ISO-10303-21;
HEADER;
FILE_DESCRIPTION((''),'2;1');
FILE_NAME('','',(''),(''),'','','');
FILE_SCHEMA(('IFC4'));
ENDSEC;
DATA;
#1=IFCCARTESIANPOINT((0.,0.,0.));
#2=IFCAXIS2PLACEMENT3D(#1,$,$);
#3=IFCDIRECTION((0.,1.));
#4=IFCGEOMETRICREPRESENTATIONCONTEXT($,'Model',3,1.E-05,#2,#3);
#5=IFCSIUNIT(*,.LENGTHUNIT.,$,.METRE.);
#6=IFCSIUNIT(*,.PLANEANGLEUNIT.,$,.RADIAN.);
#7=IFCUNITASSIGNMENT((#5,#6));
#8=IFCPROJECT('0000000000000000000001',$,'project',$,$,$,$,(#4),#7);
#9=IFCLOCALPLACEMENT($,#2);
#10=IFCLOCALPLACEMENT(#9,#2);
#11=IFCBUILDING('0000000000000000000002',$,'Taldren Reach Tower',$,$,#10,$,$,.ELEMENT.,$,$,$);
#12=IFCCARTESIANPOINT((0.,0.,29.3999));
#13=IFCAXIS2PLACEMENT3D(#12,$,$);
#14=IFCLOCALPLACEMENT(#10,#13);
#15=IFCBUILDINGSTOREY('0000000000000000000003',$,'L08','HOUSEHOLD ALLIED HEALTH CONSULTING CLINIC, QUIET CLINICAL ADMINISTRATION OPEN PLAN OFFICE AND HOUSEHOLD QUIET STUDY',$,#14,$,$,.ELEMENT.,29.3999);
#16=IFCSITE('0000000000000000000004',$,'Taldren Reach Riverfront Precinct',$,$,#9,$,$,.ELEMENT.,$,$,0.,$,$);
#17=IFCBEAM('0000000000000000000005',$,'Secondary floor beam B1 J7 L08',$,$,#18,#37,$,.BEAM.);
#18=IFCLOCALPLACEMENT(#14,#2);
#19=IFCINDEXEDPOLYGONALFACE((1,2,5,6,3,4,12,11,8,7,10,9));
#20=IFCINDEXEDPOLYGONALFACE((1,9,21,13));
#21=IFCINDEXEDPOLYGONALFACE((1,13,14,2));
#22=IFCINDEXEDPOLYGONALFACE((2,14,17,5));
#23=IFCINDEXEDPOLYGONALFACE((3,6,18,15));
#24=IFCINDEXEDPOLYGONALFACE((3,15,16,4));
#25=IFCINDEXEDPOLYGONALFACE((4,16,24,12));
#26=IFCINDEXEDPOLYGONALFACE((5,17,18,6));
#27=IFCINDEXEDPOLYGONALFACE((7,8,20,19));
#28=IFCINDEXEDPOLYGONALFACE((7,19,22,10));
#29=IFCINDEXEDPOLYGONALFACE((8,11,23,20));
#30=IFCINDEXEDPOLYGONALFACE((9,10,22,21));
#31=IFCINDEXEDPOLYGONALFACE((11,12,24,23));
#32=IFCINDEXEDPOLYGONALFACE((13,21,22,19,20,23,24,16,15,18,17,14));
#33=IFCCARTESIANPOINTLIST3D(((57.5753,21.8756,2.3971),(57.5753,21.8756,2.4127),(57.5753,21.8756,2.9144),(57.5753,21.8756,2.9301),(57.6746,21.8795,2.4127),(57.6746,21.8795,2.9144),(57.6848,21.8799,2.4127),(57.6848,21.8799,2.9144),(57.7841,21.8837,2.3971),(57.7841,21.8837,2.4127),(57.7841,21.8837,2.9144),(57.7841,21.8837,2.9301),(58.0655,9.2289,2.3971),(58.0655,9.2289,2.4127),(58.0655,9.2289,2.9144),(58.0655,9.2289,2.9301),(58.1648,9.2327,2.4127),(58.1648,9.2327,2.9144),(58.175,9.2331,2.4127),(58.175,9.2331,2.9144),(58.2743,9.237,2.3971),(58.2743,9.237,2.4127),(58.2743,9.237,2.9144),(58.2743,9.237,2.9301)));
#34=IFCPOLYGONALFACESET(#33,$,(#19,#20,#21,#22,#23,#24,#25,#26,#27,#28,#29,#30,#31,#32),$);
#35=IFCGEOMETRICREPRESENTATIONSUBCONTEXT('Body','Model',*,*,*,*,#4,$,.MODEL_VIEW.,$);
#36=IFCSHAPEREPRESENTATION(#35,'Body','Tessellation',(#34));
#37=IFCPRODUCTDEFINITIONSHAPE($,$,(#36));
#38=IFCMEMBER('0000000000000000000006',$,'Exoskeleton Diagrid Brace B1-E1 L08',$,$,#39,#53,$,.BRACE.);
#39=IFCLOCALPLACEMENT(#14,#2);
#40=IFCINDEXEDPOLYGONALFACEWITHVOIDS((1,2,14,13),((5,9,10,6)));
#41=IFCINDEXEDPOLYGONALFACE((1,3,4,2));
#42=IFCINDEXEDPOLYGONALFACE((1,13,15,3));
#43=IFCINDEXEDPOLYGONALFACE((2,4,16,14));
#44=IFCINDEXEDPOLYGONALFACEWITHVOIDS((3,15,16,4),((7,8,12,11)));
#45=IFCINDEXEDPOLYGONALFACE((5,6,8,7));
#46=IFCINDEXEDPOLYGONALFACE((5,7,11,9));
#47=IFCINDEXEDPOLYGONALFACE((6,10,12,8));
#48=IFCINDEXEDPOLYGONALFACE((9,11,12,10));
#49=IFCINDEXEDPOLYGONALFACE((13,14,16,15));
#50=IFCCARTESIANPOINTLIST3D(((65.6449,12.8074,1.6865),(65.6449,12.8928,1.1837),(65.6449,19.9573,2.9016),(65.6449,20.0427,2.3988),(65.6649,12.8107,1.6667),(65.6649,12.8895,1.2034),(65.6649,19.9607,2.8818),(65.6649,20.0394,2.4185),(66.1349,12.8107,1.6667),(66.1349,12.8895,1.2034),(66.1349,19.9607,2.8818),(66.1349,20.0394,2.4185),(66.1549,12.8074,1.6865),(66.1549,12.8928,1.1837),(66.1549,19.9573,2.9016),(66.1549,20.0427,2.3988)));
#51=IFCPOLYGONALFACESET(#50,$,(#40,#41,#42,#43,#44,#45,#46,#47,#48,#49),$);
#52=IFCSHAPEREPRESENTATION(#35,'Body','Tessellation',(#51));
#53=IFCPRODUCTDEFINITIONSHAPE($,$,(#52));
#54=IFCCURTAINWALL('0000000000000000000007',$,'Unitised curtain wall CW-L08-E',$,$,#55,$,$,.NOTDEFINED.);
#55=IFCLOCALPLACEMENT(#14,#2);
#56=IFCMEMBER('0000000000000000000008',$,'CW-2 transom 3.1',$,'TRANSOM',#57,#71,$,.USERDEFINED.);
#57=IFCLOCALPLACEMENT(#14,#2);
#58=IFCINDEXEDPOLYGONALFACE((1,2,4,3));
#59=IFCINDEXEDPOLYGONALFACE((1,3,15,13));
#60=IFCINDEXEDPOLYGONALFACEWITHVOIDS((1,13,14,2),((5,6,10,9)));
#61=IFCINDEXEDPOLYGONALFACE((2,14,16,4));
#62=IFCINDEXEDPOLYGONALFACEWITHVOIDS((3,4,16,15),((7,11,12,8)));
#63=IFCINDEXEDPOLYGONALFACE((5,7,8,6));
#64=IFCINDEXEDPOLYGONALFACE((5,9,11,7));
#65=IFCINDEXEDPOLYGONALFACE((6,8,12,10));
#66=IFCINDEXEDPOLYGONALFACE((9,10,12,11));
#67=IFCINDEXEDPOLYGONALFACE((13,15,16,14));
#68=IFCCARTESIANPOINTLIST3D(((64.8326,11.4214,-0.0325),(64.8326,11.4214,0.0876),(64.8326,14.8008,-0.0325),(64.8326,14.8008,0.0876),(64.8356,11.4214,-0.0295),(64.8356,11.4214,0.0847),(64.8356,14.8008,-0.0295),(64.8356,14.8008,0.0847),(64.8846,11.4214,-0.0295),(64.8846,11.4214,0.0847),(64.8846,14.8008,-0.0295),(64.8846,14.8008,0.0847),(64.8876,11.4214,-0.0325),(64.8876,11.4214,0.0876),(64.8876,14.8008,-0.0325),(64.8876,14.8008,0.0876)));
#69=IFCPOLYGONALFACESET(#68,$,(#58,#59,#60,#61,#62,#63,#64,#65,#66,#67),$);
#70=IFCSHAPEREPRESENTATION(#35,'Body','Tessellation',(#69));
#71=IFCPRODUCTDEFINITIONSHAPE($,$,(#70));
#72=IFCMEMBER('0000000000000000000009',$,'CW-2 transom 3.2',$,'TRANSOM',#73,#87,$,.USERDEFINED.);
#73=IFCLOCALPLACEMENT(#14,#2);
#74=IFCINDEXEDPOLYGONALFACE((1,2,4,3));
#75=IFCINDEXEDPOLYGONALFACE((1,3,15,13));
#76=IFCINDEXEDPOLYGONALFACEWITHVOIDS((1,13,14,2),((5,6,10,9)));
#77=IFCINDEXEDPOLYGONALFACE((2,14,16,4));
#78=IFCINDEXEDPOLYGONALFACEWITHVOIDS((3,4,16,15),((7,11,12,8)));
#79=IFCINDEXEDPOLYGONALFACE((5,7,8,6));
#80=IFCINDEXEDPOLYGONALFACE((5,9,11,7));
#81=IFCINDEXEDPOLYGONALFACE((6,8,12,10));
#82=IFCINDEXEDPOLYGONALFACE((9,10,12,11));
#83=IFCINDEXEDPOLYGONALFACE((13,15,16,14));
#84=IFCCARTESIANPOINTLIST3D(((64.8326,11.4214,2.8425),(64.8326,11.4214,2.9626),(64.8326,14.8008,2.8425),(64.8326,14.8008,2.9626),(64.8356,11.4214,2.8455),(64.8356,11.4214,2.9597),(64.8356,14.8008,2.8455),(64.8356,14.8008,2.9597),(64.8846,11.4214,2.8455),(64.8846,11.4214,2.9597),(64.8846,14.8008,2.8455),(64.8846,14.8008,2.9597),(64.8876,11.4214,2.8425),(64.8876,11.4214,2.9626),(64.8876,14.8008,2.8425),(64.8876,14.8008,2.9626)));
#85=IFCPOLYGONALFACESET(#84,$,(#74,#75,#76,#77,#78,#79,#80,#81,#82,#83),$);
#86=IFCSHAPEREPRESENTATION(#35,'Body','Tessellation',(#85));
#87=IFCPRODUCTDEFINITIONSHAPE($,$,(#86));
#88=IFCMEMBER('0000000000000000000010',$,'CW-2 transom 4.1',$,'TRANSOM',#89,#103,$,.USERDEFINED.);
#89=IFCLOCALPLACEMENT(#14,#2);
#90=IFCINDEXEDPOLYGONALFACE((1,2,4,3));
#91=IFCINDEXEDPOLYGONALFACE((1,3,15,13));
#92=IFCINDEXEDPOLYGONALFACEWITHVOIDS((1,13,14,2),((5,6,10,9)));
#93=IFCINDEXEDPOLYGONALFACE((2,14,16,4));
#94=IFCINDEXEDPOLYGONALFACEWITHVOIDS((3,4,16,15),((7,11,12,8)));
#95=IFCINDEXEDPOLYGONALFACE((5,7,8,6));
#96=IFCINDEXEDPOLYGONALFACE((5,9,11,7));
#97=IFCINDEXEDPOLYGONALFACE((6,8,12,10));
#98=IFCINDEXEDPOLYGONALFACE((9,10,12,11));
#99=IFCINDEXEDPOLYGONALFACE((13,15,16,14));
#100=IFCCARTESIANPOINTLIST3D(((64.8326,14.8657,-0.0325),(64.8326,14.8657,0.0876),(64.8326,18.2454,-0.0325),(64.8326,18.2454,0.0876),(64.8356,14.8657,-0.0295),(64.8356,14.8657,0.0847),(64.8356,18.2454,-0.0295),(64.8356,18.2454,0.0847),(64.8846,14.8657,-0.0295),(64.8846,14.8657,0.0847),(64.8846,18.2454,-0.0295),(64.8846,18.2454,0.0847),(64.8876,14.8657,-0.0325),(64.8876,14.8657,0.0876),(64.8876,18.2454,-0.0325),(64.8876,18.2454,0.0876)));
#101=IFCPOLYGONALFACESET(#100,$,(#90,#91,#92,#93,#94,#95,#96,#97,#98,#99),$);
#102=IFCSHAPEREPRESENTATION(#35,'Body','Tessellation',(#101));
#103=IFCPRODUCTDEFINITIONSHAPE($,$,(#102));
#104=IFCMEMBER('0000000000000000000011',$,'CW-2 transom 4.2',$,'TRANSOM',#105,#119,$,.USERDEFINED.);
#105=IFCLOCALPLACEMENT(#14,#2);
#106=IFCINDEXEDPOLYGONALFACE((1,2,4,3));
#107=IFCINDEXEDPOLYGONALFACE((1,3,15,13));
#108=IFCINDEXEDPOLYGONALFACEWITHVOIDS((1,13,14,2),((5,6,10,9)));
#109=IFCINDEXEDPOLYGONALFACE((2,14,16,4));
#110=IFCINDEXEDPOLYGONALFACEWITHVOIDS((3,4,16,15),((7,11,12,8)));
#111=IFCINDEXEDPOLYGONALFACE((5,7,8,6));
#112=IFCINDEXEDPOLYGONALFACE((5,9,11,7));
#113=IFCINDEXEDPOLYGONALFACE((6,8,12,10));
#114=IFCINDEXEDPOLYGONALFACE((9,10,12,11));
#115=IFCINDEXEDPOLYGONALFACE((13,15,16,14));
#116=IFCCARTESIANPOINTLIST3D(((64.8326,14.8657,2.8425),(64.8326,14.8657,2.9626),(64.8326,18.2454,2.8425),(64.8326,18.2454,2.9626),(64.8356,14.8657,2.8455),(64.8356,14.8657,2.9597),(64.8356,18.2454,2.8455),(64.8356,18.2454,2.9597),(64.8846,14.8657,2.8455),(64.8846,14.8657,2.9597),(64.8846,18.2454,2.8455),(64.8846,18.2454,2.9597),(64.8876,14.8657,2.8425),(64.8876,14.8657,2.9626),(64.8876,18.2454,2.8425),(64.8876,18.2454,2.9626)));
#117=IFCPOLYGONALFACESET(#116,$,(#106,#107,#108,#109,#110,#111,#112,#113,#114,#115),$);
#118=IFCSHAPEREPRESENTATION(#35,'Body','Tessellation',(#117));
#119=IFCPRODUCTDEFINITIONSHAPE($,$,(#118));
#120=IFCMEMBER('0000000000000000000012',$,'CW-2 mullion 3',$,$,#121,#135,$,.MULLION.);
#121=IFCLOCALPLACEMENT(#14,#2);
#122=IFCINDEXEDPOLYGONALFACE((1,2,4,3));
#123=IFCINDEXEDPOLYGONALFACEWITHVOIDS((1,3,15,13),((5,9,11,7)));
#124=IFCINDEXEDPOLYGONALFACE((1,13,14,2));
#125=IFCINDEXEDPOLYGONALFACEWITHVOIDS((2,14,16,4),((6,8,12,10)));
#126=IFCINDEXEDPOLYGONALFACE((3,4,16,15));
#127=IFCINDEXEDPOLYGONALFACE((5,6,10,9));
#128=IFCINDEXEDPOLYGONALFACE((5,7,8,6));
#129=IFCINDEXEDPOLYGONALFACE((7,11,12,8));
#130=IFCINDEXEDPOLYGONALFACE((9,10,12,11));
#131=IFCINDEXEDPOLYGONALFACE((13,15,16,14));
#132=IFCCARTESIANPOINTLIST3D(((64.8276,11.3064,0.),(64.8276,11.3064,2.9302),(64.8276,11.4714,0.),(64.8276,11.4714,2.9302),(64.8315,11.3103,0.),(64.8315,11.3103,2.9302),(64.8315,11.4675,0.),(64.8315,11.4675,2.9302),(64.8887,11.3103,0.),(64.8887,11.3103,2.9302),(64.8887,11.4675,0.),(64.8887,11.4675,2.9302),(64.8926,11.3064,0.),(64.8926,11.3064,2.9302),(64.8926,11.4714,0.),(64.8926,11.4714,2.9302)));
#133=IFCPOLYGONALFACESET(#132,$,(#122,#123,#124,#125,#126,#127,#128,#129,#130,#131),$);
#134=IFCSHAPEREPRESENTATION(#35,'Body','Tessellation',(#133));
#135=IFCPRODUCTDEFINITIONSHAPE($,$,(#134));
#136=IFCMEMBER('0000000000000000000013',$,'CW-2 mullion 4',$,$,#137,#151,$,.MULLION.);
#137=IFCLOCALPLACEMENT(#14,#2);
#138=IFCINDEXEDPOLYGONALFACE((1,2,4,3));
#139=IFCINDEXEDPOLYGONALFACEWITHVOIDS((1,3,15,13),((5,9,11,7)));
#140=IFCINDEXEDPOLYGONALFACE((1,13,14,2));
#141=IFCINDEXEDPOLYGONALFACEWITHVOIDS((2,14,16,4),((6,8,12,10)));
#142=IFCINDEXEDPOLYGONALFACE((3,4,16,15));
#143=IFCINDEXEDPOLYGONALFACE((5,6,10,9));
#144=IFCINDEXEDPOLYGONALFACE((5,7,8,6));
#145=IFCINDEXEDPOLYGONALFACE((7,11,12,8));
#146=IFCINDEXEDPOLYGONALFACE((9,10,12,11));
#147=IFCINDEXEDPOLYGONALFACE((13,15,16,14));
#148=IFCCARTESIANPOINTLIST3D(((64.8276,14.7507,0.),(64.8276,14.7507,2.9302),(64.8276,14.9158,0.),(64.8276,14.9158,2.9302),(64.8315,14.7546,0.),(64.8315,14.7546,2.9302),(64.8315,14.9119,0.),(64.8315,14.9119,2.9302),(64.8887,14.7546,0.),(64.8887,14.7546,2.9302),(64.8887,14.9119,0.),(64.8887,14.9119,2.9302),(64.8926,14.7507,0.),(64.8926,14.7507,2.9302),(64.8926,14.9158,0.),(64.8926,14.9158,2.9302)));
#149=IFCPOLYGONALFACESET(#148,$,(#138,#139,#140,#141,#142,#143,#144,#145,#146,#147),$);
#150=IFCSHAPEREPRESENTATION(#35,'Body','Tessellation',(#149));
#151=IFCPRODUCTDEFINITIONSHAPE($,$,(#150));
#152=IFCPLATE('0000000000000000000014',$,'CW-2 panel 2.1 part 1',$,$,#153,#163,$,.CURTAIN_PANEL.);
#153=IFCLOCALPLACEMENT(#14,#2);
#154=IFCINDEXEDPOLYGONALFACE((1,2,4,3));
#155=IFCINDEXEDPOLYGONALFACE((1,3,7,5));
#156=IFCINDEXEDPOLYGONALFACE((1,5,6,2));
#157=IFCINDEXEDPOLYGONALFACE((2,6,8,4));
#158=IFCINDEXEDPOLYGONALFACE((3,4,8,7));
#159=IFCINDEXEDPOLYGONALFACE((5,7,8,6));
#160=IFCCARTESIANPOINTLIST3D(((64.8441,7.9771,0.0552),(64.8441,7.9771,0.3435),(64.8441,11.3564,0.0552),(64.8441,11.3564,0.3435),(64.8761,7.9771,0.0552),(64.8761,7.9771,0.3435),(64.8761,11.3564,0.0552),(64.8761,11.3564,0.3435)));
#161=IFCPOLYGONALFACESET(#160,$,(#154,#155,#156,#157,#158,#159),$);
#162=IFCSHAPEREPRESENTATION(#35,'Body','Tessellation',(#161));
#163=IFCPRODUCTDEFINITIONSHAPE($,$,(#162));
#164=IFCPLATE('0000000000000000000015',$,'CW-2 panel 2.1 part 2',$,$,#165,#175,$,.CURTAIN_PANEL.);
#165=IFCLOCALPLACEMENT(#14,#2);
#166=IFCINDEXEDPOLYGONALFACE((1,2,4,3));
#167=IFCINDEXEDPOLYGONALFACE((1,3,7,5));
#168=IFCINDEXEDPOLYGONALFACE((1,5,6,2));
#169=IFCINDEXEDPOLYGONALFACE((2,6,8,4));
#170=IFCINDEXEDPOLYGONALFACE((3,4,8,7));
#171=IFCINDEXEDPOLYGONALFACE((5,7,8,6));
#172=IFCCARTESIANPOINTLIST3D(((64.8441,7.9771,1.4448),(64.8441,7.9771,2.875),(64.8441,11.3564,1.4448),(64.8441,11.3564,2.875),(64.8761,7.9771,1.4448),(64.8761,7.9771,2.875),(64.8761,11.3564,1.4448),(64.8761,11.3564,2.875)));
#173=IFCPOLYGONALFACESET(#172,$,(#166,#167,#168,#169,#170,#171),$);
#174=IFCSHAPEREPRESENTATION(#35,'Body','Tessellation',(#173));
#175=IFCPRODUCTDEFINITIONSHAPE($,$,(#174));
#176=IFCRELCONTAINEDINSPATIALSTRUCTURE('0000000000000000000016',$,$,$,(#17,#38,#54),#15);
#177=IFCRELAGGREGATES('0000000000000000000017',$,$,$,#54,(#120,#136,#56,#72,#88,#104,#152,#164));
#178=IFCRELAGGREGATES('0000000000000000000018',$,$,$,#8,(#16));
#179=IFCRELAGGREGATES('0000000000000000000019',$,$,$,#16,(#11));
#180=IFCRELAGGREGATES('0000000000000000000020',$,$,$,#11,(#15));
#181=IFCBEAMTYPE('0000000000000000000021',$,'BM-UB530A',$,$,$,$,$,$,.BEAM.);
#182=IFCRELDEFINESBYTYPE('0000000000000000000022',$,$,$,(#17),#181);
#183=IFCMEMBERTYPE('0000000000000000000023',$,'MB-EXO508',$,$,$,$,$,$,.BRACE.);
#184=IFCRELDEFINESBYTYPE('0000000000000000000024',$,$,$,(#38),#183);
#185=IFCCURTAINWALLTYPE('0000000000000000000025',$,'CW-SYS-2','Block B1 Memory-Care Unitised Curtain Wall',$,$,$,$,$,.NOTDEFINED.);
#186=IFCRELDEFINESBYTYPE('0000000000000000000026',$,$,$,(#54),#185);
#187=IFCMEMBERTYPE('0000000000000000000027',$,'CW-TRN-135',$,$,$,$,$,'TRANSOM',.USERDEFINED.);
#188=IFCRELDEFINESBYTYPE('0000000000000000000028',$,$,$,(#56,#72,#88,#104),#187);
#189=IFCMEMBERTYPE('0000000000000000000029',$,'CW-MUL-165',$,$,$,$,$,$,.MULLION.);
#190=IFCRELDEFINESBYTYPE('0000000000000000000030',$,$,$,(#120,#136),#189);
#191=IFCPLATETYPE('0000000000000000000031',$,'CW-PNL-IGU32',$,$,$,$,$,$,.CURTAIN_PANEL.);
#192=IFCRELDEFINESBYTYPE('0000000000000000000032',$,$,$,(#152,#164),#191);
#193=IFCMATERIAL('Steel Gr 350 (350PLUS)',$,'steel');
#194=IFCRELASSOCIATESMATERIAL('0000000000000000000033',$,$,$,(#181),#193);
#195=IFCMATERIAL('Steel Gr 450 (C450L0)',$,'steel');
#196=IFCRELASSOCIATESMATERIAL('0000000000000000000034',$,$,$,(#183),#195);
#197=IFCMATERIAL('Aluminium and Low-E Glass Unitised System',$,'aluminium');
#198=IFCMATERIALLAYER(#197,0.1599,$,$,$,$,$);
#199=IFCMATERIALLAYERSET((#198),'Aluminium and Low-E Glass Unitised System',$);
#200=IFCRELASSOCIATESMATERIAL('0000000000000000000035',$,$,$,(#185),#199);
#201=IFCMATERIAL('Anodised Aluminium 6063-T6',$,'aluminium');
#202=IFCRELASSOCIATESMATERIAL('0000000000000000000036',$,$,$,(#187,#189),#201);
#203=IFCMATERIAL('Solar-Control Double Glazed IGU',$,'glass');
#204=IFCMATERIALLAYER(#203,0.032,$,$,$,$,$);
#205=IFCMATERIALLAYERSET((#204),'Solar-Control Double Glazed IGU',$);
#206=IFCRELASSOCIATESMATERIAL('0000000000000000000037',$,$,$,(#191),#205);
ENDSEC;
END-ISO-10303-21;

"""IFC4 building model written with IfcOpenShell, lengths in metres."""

from ifc_helpers import new_model, si_unit, direction, frame, origin, origin_2d, place, context, subcontext, project, spatial, rectangle, hollow_rectangle, i_section, extrude, source, transform, mapped, material, layer, layer_set, material_profile, profile_set, type_object, element, aggregate, save


model = new_model("IFC4")

# Units and contexts
model_context = context("Model", 3, precision=1e-05, world=origin(), true_north=direction((0.0, 1.0)))
body_context = subcontext(model_context, "Body", "Model", "MODEL_VIEW")
ifc_project = project(units=[si_unit("LENGTHUNIT", "METRE"), si_unit("PLANEANGLEUNIT", "RADIAN")], contexts=[model_context])

# Site, building, storey
site_placement = place(None, origin())
site = spatial("IfcSite", under=ifc_project, at=site_placement, Name="Taldren Reach Riverfront Precinct", CompositionType="ELEMENT", RefElevation=0.0)
building_placement = place(site_placement, origin())
building = spatial("IfcBuilding", under=site, at=building_placement, Name="Taldren Reach Tower", CompositionType="ELEMENT")
storey_placement = place(building_placement, frame((0.0, 0.0, 29.3999)))
storey = spatial("IfcBuildingStorey", under=building, at=storey_placement, Name="L08", Description="HOUSEHOLD ALLIED HEALTH CONSULTING CLINIC, QUIET CLINICAL ADMINISTRATION OPEN PLAN OFFICE AND HOUSEHOLD QUIET STUDY", CompositionType="ELEMENT", Elevation=29.3999)

# Beam
ifc_material_1 = material(Name="Steel Gr 350 (350PLUS)", Category="steel")
ifc_material_profile_1 = material_profile(ifc_material_1, i_section(OverallWidth=0.209, OverallDepth=0.533, WebThickness=0.0103, FlangeThickness=0.0156, at=origin_2d()), Name="530UB92.4")
ifc_profile_set_1 = profile_set([ifc_material_profile_1], Name="Steel Gr 350 (350PLUS)")
beam_type = type_object("IfcBeamType", Name="BM-UB530A", PredefinedType="BEAM", material=ifc_profile_set_1)
shared_shape_1 = source(origin(), body_context, "Body", "SweptSolid", [
    extrude(i_section(OverallWidth=0.209, OverallDepth=0.533, WebThickness=0.0103, FlangeThickness=0.0156, at=origin_2d()), origin(), (0.0, 0.0, 1.0), 12.6562),
])
beam_placement = place(storey_placement, frame((58.1699, 9.2329, 2.6636), z_axis=(-0.038735, 0.99925, 0.0), x_axis=(-0.99925, -0.038735, 0.0)))
element("IfcBeam", 1, at=beam_placement, inside=storey, type_object=beam_type, Name="Secondary floor beam B1 J7 L08", PredefinedType="BEAM", context=body_context, shape_type="MappedRepresentation", body=[
    mapped(shared_shape_1, transform((0.0, 0.0, 0.0), scale=1.0)),
])

# Member
ifc_material_2 = material(Name="Steel Gr 450 (C450L0)", Category="steel")
ifc_material_profile_2 = material_profile(ifc_material_2, hollow_rectangle(XDim=0.51, YDim=0.51, WallThickness=0.02, at=origin_2d()), Name="510x510x20.0SHS")
ifc_profile_set_2 = profile_set([ifc_material_profile_2], Name="Steel Gr 450 (C450L0)")
member_type_1 = type_object("IfcMemberType", Name="MB-EXO508", PredefinedType="BRACE", material=ifc_profile_set_2)
shared_shape_2 = source(origin(), body_context, "Body", "SweptSolid", [
    extrude(hollow_rectangle(XDim=0.51, YDim=0.51, WallThickness=0.02, at=origin_2d()), origin(), (0.0, 0.0, 1.0), 7.2524),
])
member_1_placement = place(storey_placement, frame((65.8999, 12.8501, 1.4351), z_axis=(0.0, 0.985865, 0.167542), x_axis=(-1.0, 0.0, 0.0)))
element("IfcMember", 2, at=member_1_placement, inside=storey, type_object=member_type_1, Name="Exoskeleton Diagrid Brace B1-E1 L08", PredefinedType="BRACE", context=body_context, shape_type="MappedRepresentation", body=[
    mapped(shared_shape_2, transform((0.0, 0.0, 0.0), scale=1.0)),
])

# Curtain wall, members, plates
ifc_material_3 = material(Name="Aluminium and Low-E Glass Unitised System", Category="aluminium")
ifc_layer_1 = layer(ifc_material_3, 0.1599)
ifc_layer_set_1 = layer_set([ifc_layer_1], Name="Aluminium and Low-E Glass Unitised System")
curtain_wall_type = type_object("IfcCurtainWallType", Name="CW-SYS-2", Description="Block B1 Memory-Care Unitised Curtain Wall", PredefinedType="NOTDEFINED", material=ifc_layer_set_1)
curtain_wall_placement = place(storey_placement, origin())
curtain_wall = element("IfcCurtainWall", 3, at=curtain_wall_placement, inside=storey, type_object=curtain_wall_type, Name="Unitised curtain wall CW-L08-E", PredefinedType="NOTDEFINED")
ifc_material_4 = material(Name="Anodised Aluminium 6063-T6", Category="aluminium")
ifc_material_profile_3 = material_profile(ifc_material_4, hollow_rectangle(XDim=0.0549, YDim=0.1201, WallThickness=0.0029, at=origin_2d()), Name="ALU-120x55x3RHS")
ifc_profile_set_3 = profile_set([ifc_material_profile_3], Name="Anodised Aluminium 6063-T6")
member_type_2 = type_object("IfcMemberType", Name="CW-TRN-135", ElementType="TRANSOM", PredefinedType="USERDEFINED", material=ifc_profile_set_3)
shared_shape_3 = source(origin(), body_context, "Body", "SweptSolid", [
    extrude(hollow_rectangle(XDim=0.0549, YDim=0.1201, WallThickness=0.0029, at=origin_2d()), origin(), (0.0, 0.0, 1.0), 3.3794),
])
member_2_placement = place(storey_placement, frame((64.8601, 11.4214, 0.0276), z_axis=(0.0, 1.0, 0.0), x_axis=(-1.0, 0.0, 0.0)))
member_2 = element("IfcMember", 4, at=member_2_placement, type_object=member_type_2, Name="CW-2 transom 3.1", ObjectType="TRANSOM", PredefinedType="USERDEFINED", context=body_context, shape_type="MappedRepresentation", body=[
    mapped(shared_shape_3, transform((0.0, 0.0, 0.0), scale=1.0)),
])
member_3_placement = place(storey_placement, frame((64.8601, 11.4214, 2.9026), z_axis=(0.0, 1.0, 0.0), x_axis=(-1.0, 0.0, 0.0)))
member_3 = element("IfcMember", 5, at=member_3_placement, type_object=member_type_2, Name="CW-2 transom 3.2", ObjectType="TRANSOM", PredefinedType="USERDEFINED", context=body_context, shape_type="MappedRepresentation", body=[
    mapped(shared_shape_3, transform((0.0, 0.0, 0.0), scale=1.0)),
])
shared_shape_4 = source(origin(), body_context, "Body", "SweptSolid", [
    extrude(hollow_rectangle(XDim=0.0549, YDim=0.1201, WallThickness=0.0029, at=origin_2d()), origin(), (0.0, 0.0, 1.0), 3.3796),
])
member_4_placement = place(storey_placement, frame((64.8601, 14.8657, 0.0276), z_axis=(0.0, 1.0, 0.0), x_axis=(-1.0, 0.0, 0.0)))
member_4 = element("IfcMember", 6, at=member_4_placement, type_object=member_type_2, Name="CW-2 transom 4.1", ObjectType="TRANSOM", PredefinedType="USERDEFINED", context=body_context, shape_type="MappedRepresentation", body=[
    mapped(shared_shape_4, transform((0.0, 0.0, 0.0), scale=1.0)),
])
member_5_placement = place(storey_placement, frame((64.8601, 14.8657, 2.9026), z_axis=(0.0, 1.0, 0.0), x_axis=(-1.0, 0.0, 0.0)))
member_5 = element("IfcMember", 7, at=member_5_placement, type_object=member_type_2, Name="CW-2 transom 4.2", ObjectType="TRANSOM", PredefinedType="USERDEFINED", context=body_context, shape_type="MappedRepresentation", body=[
    mapped(shared_shape_4, transform((0.0, 0.0, 0.0), scale=1.0)),
])
ifc_material_profile_4 = material_profile(ifc_material_4, hollow_rectangle(XDim=0.0649, YDim=0.165, WallThickness=0.0039, at=origin_2d()), Name="ALU-165x65x4RHS")
ifc_profile_set_4 = profile_set([ifc_material_profile_4], Name="Anodised Aluminium 6063-T6")
member_type_3 = type_object("IfcMemberType", Name="CW-MUL-165", PredefinedType="MULLION", material=ifc_profile_set_4)
shared_shape_5 = source(origin(), body_context, "Body", "SweptSolid", [
    extrude(hollow_rectangle(XDim=0.0649, YDim=0.165, WallThickness=0.0039, at=origin_2d()), origin(), (0.0, 0.0, 1.0), 2.9302),
])
member_6_placement = place(storey_placement, frame((64.8601, 11.3889, 0.0), z_axis=(0.0, 0.0, 1.0), x_axis=(-1.0, 0.0, 0.0)))
member_6 = element("IfcMember", 8, at=member_6_placement, type_object=member_type_3, Name="CW-2 mullion 3", PredefinedType="MULLION", context=body_context, shape_type="MappedRepresentation", body=[
    mapped(shared_shape_5, transform((0.0, 0.0, 0.0), scale=1.0)),
])
member_7_placement = place(storey_placement, frame((64.8601, 14.8333, 0.0), z_axis=(0.0, 0.0, 1.0), x_axis=(-1.0, 0.0, 0.0)))
member_7 = element("IfcMember", 9, at=member_7_placement, type_object=member_type_3, Name="CW-2 mullion 4", PredefinedType="MULLION", context=body_context, shape_type="MappedRepresentation", body=[
    mapped(shared_shape_5, transform((0.0, 0.0, 0.0), scale=1.0)),
])
ifc_material_5 = material(Name="Solar-Control Double Glazed IGU", Category="glass")
ifc_layer_2 = layer(ifc_material_5, 0.032)
ifc_layer_set_2 = layer_set([ifc_layer_2], Name="Solar-Control Double Glazed IGU")
plate_type = type_object("IfcPlateType", Name="CW-PNL-IGU32", PredefinedType="CURTAIN_PANEL", material=ifc_layer_set_2)
shared_shape_6 = source(origin(), body_context, "Body", "SweptSolid", [
    extrude(rectangle(XDim=3.3794, YDim=0.032, at=origin_2d()), origin(), (0.0, 0.0, 1.0), 0.2883),
])
plate_1_placement = place(storey_placement, frame((64.8601, 9.6667, 0.0552), z_axis=(0.0, 0.0, 1.0), x_axis=(0.0, 1.0, 0.0)))
plate_1 = element("IfcPlate", 10, at=plate_1_placement, type_object=plate_type, Name="CW-2 panel 2.1 part 1", PredefinedType="CURTAIN_PANEL", context=body_context, shape_type="MappedRepresentation", body=[
    mapped(shared_shape_6, transform((0.0, 0.0, 0.0), scale=1.0)),
])
shared_shape_7 = source(origin(), body_context, "Body", "SweptSolid", [
    extrude(rectangle(XDim=3.3794, YDim=0.032, at=origin_2d()), origin(), (0.0, 0.0, 1.0), 1.4302),
])
plate_2_placement = place(storey_placement, frame((64.8601, 9.6667, 1.4448), z_axis=(0.0, 0.0, 1.0), x_axis=(0.0, 1.0, 0.0)))
plate_2 = element("IfcPlate", 11, at=plate_2_placement, type_object=plate_type, Name="CW-2 panel 2.1 part 2", PredefinedType="CURTAIN_PANEL", context=body_context, shape_type="MappedRepresentation", body=[
    mapped(shared_shape_7, transform((0.0, 0.0, 0.0), scale=1.0)),
])
aggregate(curtain_wall, [member_6, member_7, member_2, member_3, member_4, member_5, plate_1, plate_2])

save(model, "model.ifc")
